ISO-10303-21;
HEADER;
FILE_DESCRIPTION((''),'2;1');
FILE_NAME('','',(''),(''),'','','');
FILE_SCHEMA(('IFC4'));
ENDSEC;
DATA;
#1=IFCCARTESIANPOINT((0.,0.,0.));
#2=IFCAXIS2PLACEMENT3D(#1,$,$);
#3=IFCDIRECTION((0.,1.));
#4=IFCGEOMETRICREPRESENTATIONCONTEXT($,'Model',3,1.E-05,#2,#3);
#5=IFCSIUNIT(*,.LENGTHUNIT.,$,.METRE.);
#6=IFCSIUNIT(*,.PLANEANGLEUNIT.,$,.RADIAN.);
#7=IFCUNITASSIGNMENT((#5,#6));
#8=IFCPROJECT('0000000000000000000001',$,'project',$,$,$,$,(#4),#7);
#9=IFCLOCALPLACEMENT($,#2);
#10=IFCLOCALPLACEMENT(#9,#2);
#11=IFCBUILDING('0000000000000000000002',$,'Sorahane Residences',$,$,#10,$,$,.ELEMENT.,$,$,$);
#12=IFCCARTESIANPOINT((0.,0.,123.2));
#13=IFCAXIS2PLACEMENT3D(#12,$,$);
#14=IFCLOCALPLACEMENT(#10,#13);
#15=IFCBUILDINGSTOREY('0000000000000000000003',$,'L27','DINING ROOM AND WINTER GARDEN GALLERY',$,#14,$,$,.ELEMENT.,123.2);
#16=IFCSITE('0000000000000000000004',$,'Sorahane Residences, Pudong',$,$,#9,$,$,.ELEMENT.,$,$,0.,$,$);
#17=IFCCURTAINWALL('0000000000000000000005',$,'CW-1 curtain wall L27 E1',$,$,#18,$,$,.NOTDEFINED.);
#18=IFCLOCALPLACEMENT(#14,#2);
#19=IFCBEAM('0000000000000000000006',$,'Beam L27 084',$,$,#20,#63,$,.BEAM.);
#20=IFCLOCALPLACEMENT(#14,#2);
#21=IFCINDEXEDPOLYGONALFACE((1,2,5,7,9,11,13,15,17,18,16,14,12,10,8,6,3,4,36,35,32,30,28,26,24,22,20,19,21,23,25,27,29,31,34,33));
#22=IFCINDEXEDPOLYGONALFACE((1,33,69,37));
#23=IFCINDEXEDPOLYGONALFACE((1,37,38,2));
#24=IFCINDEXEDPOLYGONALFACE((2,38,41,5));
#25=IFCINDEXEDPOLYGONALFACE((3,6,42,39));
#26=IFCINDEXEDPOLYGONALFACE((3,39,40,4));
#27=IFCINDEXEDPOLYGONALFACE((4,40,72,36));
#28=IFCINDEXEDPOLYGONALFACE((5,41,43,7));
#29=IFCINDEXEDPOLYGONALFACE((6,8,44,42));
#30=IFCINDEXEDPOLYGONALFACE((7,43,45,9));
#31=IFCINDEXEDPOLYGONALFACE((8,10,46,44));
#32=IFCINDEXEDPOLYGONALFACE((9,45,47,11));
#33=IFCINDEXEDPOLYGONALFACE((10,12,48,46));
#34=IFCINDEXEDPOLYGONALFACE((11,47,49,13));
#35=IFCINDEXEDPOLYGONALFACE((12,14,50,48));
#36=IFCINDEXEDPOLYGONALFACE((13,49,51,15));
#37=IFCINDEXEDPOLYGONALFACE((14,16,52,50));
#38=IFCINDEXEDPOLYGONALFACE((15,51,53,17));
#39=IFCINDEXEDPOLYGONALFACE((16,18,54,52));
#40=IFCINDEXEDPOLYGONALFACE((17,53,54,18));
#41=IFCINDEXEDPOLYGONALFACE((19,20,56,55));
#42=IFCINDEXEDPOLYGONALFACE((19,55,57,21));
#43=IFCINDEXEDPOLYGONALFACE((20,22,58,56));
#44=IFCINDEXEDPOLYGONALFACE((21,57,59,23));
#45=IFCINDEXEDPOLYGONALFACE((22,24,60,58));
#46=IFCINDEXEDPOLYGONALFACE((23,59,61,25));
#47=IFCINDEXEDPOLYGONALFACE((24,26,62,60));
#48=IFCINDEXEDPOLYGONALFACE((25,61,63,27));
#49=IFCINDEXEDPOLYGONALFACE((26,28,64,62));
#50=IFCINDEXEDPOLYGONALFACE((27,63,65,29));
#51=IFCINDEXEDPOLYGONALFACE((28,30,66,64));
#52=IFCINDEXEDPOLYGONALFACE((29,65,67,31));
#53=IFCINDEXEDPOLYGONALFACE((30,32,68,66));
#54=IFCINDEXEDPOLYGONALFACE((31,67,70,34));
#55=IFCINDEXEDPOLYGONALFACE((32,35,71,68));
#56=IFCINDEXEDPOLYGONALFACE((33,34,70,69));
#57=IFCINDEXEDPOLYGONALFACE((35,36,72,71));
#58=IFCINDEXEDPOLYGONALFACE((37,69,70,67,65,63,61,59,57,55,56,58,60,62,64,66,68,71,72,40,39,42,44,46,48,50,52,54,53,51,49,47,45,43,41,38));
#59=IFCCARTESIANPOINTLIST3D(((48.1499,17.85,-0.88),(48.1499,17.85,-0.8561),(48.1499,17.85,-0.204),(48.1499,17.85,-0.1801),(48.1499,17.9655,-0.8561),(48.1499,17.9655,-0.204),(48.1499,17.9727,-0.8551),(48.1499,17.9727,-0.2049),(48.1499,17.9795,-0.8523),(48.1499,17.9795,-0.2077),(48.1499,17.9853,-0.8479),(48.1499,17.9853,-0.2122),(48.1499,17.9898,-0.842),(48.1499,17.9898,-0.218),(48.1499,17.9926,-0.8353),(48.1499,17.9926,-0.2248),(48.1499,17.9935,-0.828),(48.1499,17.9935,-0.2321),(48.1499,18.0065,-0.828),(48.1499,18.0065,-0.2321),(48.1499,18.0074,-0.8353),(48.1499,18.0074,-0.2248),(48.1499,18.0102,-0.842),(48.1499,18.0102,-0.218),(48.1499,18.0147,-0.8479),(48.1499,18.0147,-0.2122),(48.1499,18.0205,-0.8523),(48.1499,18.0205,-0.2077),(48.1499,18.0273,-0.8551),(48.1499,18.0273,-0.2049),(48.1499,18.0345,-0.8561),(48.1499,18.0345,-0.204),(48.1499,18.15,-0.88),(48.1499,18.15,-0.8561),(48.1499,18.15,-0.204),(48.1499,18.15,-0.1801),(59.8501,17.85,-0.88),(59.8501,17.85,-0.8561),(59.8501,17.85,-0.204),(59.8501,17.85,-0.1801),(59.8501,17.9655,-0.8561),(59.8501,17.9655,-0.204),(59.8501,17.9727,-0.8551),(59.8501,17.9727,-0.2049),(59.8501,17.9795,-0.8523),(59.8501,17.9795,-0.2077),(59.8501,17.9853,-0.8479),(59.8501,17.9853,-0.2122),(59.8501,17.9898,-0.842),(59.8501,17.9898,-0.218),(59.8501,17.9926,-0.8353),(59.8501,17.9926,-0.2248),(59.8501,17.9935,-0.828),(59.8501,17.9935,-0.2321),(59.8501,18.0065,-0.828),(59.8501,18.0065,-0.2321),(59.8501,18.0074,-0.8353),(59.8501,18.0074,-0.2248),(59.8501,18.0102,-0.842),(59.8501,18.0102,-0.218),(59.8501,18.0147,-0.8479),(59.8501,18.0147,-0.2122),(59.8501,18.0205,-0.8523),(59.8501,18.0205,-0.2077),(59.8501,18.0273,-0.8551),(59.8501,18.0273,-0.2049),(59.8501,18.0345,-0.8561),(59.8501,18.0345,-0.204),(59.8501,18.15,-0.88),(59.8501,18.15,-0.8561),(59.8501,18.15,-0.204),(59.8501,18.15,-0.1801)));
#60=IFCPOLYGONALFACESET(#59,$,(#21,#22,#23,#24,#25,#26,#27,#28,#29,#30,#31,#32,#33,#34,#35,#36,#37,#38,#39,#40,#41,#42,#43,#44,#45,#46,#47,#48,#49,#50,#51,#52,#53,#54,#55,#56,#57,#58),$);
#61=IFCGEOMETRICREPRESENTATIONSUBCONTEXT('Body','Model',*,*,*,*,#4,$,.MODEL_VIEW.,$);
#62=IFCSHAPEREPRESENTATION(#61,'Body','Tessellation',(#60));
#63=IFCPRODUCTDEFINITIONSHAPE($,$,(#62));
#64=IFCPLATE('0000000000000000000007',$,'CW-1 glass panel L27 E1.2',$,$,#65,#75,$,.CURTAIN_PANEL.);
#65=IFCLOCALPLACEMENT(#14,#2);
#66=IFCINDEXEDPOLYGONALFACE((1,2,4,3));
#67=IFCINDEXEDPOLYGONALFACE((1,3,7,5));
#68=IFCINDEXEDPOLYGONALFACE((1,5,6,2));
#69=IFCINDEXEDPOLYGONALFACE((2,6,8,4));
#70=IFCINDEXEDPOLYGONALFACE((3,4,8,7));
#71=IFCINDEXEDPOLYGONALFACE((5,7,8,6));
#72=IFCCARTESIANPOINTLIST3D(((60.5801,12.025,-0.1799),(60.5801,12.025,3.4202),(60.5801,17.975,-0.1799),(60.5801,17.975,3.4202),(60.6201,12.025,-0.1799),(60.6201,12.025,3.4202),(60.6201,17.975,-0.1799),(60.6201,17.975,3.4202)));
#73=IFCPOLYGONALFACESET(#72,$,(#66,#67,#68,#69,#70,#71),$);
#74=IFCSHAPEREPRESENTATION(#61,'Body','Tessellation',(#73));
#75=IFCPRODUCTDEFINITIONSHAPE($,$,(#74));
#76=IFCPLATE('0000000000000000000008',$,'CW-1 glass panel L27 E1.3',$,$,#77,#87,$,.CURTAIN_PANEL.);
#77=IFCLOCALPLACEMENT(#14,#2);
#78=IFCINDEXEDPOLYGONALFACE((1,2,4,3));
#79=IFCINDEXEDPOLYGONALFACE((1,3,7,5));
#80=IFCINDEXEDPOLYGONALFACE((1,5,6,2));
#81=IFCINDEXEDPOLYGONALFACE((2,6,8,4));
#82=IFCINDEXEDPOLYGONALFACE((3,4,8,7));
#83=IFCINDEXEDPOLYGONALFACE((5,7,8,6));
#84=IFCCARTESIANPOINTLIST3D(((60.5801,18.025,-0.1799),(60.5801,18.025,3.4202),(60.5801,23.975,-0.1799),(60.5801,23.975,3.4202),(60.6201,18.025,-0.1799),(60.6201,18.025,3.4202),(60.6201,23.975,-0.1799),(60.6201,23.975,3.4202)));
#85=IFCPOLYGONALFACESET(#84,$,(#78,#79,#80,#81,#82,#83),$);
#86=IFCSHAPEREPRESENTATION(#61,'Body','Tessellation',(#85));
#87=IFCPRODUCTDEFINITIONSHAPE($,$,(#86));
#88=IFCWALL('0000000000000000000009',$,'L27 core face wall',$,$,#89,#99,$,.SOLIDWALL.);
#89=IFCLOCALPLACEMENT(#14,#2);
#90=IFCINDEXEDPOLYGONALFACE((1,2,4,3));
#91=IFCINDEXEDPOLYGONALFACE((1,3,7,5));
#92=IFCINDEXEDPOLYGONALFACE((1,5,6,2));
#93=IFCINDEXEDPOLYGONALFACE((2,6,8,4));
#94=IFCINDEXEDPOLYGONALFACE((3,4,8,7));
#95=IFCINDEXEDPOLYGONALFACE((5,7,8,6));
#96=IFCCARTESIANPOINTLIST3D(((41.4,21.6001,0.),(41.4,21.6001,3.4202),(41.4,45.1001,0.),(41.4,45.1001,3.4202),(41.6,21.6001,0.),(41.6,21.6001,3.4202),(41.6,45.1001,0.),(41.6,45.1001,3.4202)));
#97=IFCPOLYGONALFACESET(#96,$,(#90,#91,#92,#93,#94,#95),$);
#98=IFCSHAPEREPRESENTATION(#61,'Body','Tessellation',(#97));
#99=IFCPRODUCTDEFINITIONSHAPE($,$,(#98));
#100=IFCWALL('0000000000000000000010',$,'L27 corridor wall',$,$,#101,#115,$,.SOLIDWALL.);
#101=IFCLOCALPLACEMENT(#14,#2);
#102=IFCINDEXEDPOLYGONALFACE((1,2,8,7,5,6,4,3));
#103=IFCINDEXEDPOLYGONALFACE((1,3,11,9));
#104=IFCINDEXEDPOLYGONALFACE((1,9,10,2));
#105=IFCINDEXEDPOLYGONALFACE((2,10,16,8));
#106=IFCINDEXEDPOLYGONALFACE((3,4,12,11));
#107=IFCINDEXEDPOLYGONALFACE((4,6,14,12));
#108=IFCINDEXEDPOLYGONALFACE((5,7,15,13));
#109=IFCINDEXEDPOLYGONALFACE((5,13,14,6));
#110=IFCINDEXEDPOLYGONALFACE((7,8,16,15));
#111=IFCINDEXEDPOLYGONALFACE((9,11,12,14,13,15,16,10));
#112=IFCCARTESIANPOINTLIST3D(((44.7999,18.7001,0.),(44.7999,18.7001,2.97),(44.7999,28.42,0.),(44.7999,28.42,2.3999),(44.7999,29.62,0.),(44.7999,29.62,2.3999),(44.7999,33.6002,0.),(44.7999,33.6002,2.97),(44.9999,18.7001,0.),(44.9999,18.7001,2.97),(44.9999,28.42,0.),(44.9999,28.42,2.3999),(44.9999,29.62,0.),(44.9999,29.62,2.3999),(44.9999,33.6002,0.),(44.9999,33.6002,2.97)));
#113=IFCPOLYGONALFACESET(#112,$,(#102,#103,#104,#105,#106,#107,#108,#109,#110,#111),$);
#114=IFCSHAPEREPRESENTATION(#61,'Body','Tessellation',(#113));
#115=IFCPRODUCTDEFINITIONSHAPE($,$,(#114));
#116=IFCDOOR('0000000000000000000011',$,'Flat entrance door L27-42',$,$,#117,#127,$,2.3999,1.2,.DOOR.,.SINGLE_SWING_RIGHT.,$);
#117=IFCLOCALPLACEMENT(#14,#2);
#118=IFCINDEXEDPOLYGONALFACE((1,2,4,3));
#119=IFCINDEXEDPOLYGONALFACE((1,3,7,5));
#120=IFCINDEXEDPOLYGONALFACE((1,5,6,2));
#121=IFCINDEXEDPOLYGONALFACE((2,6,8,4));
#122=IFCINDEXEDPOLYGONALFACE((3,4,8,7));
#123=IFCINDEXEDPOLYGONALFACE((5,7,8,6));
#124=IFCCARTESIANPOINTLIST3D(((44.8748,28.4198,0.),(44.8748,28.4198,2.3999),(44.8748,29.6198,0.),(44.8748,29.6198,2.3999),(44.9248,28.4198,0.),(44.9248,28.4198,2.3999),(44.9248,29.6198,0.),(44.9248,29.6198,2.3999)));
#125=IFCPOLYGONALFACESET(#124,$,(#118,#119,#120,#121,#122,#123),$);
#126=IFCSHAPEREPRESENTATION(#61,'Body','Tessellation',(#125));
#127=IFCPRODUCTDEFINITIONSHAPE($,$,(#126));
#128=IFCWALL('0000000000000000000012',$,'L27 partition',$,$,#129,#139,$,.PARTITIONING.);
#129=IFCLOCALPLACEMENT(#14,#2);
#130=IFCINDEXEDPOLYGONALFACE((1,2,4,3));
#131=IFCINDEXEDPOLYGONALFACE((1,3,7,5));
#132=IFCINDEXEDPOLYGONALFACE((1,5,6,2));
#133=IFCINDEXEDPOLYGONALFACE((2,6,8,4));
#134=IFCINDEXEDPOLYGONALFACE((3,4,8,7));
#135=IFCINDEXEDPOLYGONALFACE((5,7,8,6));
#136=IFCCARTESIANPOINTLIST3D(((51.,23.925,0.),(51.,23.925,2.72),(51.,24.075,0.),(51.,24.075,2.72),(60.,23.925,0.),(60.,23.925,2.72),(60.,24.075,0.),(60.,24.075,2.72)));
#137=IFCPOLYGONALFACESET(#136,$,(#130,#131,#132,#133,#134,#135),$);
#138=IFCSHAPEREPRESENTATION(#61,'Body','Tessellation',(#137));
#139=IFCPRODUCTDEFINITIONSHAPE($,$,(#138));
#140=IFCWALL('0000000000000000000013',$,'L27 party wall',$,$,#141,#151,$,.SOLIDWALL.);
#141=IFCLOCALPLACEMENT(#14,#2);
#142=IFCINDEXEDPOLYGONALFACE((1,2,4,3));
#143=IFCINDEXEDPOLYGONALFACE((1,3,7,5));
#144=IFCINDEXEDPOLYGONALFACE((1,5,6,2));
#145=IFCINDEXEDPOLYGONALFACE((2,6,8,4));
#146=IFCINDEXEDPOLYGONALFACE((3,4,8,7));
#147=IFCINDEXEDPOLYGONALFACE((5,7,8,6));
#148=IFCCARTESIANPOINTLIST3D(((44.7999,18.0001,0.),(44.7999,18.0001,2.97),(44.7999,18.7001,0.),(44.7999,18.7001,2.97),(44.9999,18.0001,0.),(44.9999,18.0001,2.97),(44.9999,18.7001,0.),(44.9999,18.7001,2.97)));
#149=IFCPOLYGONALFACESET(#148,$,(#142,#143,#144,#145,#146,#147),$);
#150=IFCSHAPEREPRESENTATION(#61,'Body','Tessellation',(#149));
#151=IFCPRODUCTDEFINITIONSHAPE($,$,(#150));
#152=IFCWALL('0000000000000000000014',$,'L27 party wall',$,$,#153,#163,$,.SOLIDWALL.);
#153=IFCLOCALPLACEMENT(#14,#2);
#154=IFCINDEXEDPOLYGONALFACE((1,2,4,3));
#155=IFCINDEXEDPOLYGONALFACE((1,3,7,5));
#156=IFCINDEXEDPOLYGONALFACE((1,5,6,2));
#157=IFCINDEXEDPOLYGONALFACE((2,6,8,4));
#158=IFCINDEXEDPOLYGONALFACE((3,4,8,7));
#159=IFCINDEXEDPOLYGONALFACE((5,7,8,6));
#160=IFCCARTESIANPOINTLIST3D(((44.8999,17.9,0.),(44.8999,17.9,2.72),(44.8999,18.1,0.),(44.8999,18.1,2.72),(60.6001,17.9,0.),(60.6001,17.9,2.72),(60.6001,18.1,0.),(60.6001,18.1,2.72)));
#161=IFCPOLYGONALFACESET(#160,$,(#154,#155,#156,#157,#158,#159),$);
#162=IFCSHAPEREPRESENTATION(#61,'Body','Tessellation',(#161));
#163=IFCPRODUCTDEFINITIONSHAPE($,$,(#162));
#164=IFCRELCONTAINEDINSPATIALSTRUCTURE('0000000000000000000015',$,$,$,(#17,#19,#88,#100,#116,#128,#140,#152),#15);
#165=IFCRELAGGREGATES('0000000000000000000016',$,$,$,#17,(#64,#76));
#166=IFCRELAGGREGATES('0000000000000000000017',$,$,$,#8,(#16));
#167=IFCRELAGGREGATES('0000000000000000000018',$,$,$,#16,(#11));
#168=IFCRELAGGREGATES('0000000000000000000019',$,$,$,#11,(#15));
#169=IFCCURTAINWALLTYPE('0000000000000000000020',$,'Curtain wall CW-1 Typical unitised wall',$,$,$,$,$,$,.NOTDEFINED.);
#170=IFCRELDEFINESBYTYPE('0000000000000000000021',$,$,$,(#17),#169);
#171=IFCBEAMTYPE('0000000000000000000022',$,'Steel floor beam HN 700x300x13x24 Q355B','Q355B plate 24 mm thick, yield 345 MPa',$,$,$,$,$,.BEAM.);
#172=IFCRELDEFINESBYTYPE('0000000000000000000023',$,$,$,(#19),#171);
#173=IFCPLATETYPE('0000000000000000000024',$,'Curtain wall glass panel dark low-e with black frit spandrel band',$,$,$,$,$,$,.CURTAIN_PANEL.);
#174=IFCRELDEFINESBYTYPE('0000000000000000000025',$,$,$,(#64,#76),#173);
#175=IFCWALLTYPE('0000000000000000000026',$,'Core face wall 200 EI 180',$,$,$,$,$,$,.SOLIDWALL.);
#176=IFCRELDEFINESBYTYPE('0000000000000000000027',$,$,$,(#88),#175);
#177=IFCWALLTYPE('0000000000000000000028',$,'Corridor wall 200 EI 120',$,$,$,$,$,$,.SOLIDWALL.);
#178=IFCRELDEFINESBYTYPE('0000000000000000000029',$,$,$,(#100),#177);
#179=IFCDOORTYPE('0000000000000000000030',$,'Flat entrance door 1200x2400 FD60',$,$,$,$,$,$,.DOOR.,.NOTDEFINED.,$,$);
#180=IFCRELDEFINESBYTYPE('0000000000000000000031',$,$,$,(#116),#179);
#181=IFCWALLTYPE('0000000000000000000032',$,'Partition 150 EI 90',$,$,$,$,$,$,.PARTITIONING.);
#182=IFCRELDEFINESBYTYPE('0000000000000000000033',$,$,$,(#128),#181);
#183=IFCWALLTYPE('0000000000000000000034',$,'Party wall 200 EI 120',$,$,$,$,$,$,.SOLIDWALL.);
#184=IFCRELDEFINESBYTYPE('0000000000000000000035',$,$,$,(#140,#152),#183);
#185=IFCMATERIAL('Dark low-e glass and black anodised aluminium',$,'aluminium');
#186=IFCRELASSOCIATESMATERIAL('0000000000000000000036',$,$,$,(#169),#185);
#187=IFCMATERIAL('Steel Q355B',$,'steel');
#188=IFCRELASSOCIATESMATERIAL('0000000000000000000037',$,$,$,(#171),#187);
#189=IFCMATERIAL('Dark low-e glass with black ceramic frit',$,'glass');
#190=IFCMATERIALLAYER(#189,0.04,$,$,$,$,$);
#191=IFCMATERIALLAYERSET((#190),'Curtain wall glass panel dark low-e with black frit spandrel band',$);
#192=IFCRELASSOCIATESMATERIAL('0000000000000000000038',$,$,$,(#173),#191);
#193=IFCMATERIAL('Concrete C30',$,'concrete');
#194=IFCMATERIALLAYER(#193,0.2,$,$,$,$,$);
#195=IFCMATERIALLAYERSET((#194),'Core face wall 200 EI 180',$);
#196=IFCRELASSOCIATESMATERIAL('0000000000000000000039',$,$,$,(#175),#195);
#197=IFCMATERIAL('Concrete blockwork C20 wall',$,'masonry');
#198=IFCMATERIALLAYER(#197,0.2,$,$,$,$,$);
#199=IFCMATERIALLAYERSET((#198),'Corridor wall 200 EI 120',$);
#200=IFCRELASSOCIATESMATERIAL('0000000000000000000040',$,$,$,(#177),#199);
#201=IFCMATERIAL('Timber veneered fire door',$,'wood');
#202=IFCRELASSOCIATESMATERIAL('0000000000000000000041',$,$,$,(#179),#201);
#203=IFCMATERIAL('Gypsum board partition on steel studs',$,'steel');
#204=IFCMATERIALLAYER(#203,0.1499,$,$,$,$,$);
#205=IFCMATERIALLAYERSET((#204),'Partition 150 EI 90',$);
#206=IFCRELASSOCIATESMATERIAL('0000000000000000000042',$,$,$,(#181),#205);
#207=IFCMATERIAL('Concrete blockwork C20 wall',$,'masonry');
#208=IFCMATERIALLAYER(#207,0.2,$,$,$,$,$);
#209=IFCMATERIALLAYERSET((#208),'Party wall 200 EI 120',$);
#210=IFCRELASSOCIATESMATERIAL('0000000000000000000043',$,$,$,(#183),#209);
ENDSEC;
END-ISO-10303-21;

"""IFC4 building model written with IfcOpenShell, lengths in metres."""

from ifc_helpers import new_model, si_unit, direction, frame, frame_2d, origin, origin_2d, place, context, subcontext, project, spatial, rectangle, i_section, extrude, material, layer, layer_set, material_profile, profile_set, type_object, element, fill, aggregate, save


model = new_model("IFC4")

# Units and contexts
model_context = context("Model", 3, precision=1e-05, world=origin(), true_north=direction((0.0, 1.0)))
body_context = subcontext(model_context, "Body", "Model", "MODEL_VIEW")
ifc_project = project(units=[si_unit("LENGTHUNIT", "METRE"), si_unit("PLANEANGLEUNIT", "RADIAN")], contexts=[model_context])

# Site, building, storey
site_placement = place(None, origin())
site = spatial("IfcSite", under=ifc_project, at=site_placement, Name="Sorahane Residences, Pudong", CompositionType="ELEMENT", RefElevation=0.0)
building_placement = place(site_placement, origin())
building = spatial("IfcBuilding", under=site, at=building_placement, Name="Sorahane Residences", CompositionType="ELEMENT")
storey_placement = place(building_placement, frame((0.0, 0.0, 123.2)))
storey = spatial("IfcBuildingStorey", under=building, at=storey_placement, Name="L27", Description="DINING ROOM AND WINTER GARDEN GALLERY", CompositionType="ELEMENT", Elevation=123.2)

# Curtain wall
ifc_material_1 = material(Name="Dark low-e glass and black anodised aluminium", Category="aluminium")
curtain_wall_type = type_object("IfcCurtainWallType", Name="Curtain wall CW-1 Typical unitised wall", PredefinedType="NOTDEFINED", material=ifc_material_1)
curtain_wall_placement = place(storey_placement, origin())
curtain_wall = element("IfcCurtainWall", 1, at=curtain_wall_placement, inside=storey, type_object=curtain_wall_type, Name="CW-1 curtain wall L27 E1", PredefinedType="NOTDEFINED")

# Beam
ifc_material_2 = material(Name="Steel Q355B", Category="steel")
ifc_material_profile_1 = material_profile(ifc_material_2, i_section(OverallWidth=0.3, OverallDepth=0.7, WebThickness=0.0129, FlangeThickness=0.0239, FilletRadius=0.0281, at=origin_2d()), Name="HN 700x300x13x24")
ifc_profile_set_1 = profile_set([ifc_material_profile_1], Name="Steel Q355B")
beam_type_1 = type_object("IfcBeamType", Name="Steel floor beam HN 700x300x13x24 Q355B", Description="Q355B plate 24 mm thick, yield 345 MPa", PredefinedType="BEAM", material=ifc_profile_set_1)
beam_1_placement = place(storey_placement, frame((48.1499, 18.0, -0.53), z_axis=(1.0, 0.0, 0.0), x_axis=(0.0, 1.0, 0.0)))
element("IfcBeam", 2, at=beam_1_placement, inside=storey, type_object=beam_type_1, Name="Beam L27 084", PredefinedType="BEAM", context=body_context, shape_type="SweptSolid", body=[
    extrude(i_section(OverallWidth=0.3, OverallDepth=0.7, WebThickness=0.0129, FlangeThickness=0.0239, FilletRadius=0.0281, at=origin_2d()), origin(), (0.0, 0.0, 1.0), 11.7002),
])

# Plates
ifc_material_3 = material(Name="Dark low-e glass with black ceramic frit", Category="glass")
ifc_layer_1 = layer(ifc_material_3, 0.04)
ifc_layer_set_1 = layer_set([ifc_layer_1], Name="Curtain wall glass panel dark low-e with black frit spandrel band")
plate_type = type_object("IfcPlateType", Name="Curtain wall glass panel dark low-e with black frit spandrel band", PredefinedType="CURTAIN_PANEL", material=ifc_layer_set_1)
plate_1_placement = place(storey_placement, frame((60.6001, 15.0, -0.1799), z_axis=(0.0, 0.0, 1.0), x_axis=(0.0, 1.0, 0.0)))
plate_1 = element("IfcPlate", 3, at=plate_1_placement, type_object=plate_type, Name="CW-1 glass panel L27 E1.2", PredefinedType="CURTAIN_PANEL", context=body_context, shape_type="SweptSolid", body=[
    extrude(rectangle(XDim=5.95, YDim=0.04, at=origin_2d()), origin(), (0.0, 0.0, 1.0), 3.6001),
])
plate_2_placement = place(storey_placement, frame((60.6001, 21.0, -0.1799), z_axis=(0.0, 0.0, 1.0), x_axis=(0.0, 1.0, 0.0)))
plate_2 = element("IfcPlate", 4, at=plate_2_placement, type_object=plate_type, Name="CW-1 glass panel L27 E1.3", PredefinedType="CURTAIN_PANEL", context=body_context, shape_type="SweptSolid", body=[
    extrude(rectangle(XDim=5.95, YDim=0.04, at=origin_2d()), origin(), (0.0, 0.0, 1.0), 3.6001),
])
aggregate(curtain_wall, [plate_1, plate_2])

# Wall
ifc_material_4 = material(Name="Concrete C30", Category="concrete")
ifc_layer_2 = layer(ifc_material_4, 0.2)
ifc_layer_set_2 = layer_set([ifc_layer_2], Name="Core face wall 200 EI 180")
wall_type_1 = type_object("IfcWallType", Name="Core face wall 200 EI 180", PredefinedType="SOLIDWALL", material=ifc_layer_set_2)
wall_1_placement = place(storey_placement, frame((41.5, 21.6001, 0.0), z_axis=(0.0, 0.0, 1.0), x_axis=(0.0, 1.0, 0.0)))
element("IfcWall", 5, at=wall_1_placement, inside=storey, type_object=wall_type_1, Name="L27 core face wall", PredefinedType="SOLIDWALL", context=body_context, shape_type="SweptSolid", body=[
    extrude(rectangle(XDim=23.5, YDim=0.2, at=frame_2d((11.75, 0.0))), origin(), (0.0, 0.0, 1.0), 3.4202),
])

# Wall, opening, door
ifc_material_5 = material(Name="Concrete blockwork C20 wall", Category="masonry")
ifc_layer_3 = layer(ifc_material_5, 0.2)
ifc_layer_set_3 = layer_set([ifc_layer_3], Name="Corridor wall 200 EI 120")
wall_type_2 = type_object("IfcWallType", Name="Corridor wall 200 EI 120", PredefinedType="SOLIDWALL", material=ifc_layer_set_3)
wall_2_placement = place(storey_placement, frame((44.8999, 18.7, 0.0), z_axis=(0.0, 0.0, 1.0), x_axis=(0.0, 1.0, 0.0)))
wall_2 = element("IfcWall", 6, at=wall_2_placement, inside=storey, type_object=wall_type_2, Name="L27 corridor wall", PredefinedType="SOLIDWALL", context=body_context, shape_type="SweptSolid", body=[
    extrude(rectangle(XDim=14.9001, YDim=0.2, at=frame_2d((7.4502, 0.0))), origin(), (0.0, 0.0, 1.0), 2.97),
])
opening_1_placement = place(wall_2_placement, frame((9.72, 0.0, 0.0)))
opening_1 = element("IfcOpeningElement", 7, at=opening_1_placement, cuts=wall_2, PredefinedType="OPENING", context=body_context, shape_type="SweptSolid", body=[
    extrude(rectangle(XDim=1.2, YDim=2.3999, at=frame_2d((0.6001, 1.2))), frame((0.0, 0.1099, 0.0), z_axis=(0.0, -1.0, 0.0), x_axis=(1.0, 0.0, 0.0)), (0.0, 0.0, 1.0), 0.22),
])
ifc_material_6 = material(Name="Timber veneered fire door", Category="wood")
door_type_1 = type_object("IfcDoorType", Name="Flat entrance door 1200x2400 FD60", OperationType="NOTDEFINED", PredefinedType="DOOR", material=ifc_material_6)
door_1_placement = place(opening_1_placement, frame((1.2, 0.0, 0.0), z_axis=(0.0, 0.0, 1.0), x_axis=(-1.0, 0.0, 0.0)))
door_1 = element("IfcDoor", 8, at=door_1_placement, inside=storey, type_object=door_type_1, Name="Flat entrance door L27-42", OperationType="SINGLE_SWING_RIGHT", OverallHeight=2.3999, OverallWidth=1.2, PredefinedType="DOOR", context=body_context, shape_type="SweptSolid", body=[
    extrude(rectangle(XDim=1.2, YDim=2.3999, at=frame_2d((0.6001, 1.2))), frame((0.0, 0.0249, 0.0), z_axis=(0.0, -1.0, 0.0), x_axis=(1.0, 0.0, 0.0)), (0.0, 0.0, 1.0), 0.05),
])
fill(opening_1, door_1)

# Shared definitions
ifc_material_7 = material(Name="Gypsum board partition on steel studs", Category="steel")
ifc_layer_4 = layer(ifc_material_7, 0.1499)
ifc_layer_set_4 = layer_set([ifc_layer_4], Name="Partition 150 EI 90")
wall_type_3 = type_object("IfcWallType", Name="Partition 150 EI 90", PredefinedType="PARTITIONING", material=ifc_layer_set_4)

# Walls
wall_3_placement = place(storey_placement, frame((51.0, 24.0, 0.0), z_axis=(0.0, 0.0, 1.0), x_axis=(1.0, 0.0, 0.0)))
element("IfcWall", 9, at=wall_3_placement, inside=storey, type_object=wall_type_3, Name="L27 partition", PredefinedType="PARTITIONING", context=body_context, shape_type="SweptSolid", body=[
    extrude(rectangle(XDim=9.0, YDim=0.1499, at=frame_2d((4.5, 0.0))), origin(), (0.0, 0.0, 1.0), 2.72),
])
ifc_material_8 = material(Name="Concrete blockwork C20 wall", Category="masonry")
ifc_layer_5 = layer(ifc_material_8, 0.2)
ifc_layer_set_5 = layer_set([ifc_layer_5], Name="Party wall 200 EI 120")
wall_type_4 = type_object("IfcWallType", Name="Party wall 200 EI 120", PredefinedType="SOLIDWALL", material=ifc_layer_set_5)
wall_4_placement = place(storey_placement, frame((44.8999, 18.0, 0.0), z_axis=(0.0, 0.0, 1.0), x_axis=(0.0, 1.0, 0.0)))
element("IfcWall", 10, at=wall_4_placement, inside=storey, type_object=wall_type_4, Name="L27 party wall", PredefinedType="SOLIDWALL", context=body_context, shape_type="SweptSolid", body=[
    extrude(rectangle(XDim=0.7, YDim=0.2, at=frame_2d((0.3501, 0.0))), origin(), (0.0, 0.0, 1.0), 2.97),
])
wall_5_placement = place(storey_placement, frame((44.8999, 18.0, 0.0), z_axis=(0.0, 0.0, 1.0), x_axis=(1.0, 0.0, 0.0)))
element("IfcWall", 11, at=wall_5_placement, inside=storey, type_object=wall_type_4, Name="L27 party wall", PredefinedType="SOLIDWALL", context=body_context, shape_type="SweptSolid", body=[
    extrude(rectangle(XDim=15.7002, YDim=0.2, at=frame_2d((7.8501, 0.0))), origin(), (0.0, 0.0, 1.0), 2.72),
])

save(model, "model.ifc")
